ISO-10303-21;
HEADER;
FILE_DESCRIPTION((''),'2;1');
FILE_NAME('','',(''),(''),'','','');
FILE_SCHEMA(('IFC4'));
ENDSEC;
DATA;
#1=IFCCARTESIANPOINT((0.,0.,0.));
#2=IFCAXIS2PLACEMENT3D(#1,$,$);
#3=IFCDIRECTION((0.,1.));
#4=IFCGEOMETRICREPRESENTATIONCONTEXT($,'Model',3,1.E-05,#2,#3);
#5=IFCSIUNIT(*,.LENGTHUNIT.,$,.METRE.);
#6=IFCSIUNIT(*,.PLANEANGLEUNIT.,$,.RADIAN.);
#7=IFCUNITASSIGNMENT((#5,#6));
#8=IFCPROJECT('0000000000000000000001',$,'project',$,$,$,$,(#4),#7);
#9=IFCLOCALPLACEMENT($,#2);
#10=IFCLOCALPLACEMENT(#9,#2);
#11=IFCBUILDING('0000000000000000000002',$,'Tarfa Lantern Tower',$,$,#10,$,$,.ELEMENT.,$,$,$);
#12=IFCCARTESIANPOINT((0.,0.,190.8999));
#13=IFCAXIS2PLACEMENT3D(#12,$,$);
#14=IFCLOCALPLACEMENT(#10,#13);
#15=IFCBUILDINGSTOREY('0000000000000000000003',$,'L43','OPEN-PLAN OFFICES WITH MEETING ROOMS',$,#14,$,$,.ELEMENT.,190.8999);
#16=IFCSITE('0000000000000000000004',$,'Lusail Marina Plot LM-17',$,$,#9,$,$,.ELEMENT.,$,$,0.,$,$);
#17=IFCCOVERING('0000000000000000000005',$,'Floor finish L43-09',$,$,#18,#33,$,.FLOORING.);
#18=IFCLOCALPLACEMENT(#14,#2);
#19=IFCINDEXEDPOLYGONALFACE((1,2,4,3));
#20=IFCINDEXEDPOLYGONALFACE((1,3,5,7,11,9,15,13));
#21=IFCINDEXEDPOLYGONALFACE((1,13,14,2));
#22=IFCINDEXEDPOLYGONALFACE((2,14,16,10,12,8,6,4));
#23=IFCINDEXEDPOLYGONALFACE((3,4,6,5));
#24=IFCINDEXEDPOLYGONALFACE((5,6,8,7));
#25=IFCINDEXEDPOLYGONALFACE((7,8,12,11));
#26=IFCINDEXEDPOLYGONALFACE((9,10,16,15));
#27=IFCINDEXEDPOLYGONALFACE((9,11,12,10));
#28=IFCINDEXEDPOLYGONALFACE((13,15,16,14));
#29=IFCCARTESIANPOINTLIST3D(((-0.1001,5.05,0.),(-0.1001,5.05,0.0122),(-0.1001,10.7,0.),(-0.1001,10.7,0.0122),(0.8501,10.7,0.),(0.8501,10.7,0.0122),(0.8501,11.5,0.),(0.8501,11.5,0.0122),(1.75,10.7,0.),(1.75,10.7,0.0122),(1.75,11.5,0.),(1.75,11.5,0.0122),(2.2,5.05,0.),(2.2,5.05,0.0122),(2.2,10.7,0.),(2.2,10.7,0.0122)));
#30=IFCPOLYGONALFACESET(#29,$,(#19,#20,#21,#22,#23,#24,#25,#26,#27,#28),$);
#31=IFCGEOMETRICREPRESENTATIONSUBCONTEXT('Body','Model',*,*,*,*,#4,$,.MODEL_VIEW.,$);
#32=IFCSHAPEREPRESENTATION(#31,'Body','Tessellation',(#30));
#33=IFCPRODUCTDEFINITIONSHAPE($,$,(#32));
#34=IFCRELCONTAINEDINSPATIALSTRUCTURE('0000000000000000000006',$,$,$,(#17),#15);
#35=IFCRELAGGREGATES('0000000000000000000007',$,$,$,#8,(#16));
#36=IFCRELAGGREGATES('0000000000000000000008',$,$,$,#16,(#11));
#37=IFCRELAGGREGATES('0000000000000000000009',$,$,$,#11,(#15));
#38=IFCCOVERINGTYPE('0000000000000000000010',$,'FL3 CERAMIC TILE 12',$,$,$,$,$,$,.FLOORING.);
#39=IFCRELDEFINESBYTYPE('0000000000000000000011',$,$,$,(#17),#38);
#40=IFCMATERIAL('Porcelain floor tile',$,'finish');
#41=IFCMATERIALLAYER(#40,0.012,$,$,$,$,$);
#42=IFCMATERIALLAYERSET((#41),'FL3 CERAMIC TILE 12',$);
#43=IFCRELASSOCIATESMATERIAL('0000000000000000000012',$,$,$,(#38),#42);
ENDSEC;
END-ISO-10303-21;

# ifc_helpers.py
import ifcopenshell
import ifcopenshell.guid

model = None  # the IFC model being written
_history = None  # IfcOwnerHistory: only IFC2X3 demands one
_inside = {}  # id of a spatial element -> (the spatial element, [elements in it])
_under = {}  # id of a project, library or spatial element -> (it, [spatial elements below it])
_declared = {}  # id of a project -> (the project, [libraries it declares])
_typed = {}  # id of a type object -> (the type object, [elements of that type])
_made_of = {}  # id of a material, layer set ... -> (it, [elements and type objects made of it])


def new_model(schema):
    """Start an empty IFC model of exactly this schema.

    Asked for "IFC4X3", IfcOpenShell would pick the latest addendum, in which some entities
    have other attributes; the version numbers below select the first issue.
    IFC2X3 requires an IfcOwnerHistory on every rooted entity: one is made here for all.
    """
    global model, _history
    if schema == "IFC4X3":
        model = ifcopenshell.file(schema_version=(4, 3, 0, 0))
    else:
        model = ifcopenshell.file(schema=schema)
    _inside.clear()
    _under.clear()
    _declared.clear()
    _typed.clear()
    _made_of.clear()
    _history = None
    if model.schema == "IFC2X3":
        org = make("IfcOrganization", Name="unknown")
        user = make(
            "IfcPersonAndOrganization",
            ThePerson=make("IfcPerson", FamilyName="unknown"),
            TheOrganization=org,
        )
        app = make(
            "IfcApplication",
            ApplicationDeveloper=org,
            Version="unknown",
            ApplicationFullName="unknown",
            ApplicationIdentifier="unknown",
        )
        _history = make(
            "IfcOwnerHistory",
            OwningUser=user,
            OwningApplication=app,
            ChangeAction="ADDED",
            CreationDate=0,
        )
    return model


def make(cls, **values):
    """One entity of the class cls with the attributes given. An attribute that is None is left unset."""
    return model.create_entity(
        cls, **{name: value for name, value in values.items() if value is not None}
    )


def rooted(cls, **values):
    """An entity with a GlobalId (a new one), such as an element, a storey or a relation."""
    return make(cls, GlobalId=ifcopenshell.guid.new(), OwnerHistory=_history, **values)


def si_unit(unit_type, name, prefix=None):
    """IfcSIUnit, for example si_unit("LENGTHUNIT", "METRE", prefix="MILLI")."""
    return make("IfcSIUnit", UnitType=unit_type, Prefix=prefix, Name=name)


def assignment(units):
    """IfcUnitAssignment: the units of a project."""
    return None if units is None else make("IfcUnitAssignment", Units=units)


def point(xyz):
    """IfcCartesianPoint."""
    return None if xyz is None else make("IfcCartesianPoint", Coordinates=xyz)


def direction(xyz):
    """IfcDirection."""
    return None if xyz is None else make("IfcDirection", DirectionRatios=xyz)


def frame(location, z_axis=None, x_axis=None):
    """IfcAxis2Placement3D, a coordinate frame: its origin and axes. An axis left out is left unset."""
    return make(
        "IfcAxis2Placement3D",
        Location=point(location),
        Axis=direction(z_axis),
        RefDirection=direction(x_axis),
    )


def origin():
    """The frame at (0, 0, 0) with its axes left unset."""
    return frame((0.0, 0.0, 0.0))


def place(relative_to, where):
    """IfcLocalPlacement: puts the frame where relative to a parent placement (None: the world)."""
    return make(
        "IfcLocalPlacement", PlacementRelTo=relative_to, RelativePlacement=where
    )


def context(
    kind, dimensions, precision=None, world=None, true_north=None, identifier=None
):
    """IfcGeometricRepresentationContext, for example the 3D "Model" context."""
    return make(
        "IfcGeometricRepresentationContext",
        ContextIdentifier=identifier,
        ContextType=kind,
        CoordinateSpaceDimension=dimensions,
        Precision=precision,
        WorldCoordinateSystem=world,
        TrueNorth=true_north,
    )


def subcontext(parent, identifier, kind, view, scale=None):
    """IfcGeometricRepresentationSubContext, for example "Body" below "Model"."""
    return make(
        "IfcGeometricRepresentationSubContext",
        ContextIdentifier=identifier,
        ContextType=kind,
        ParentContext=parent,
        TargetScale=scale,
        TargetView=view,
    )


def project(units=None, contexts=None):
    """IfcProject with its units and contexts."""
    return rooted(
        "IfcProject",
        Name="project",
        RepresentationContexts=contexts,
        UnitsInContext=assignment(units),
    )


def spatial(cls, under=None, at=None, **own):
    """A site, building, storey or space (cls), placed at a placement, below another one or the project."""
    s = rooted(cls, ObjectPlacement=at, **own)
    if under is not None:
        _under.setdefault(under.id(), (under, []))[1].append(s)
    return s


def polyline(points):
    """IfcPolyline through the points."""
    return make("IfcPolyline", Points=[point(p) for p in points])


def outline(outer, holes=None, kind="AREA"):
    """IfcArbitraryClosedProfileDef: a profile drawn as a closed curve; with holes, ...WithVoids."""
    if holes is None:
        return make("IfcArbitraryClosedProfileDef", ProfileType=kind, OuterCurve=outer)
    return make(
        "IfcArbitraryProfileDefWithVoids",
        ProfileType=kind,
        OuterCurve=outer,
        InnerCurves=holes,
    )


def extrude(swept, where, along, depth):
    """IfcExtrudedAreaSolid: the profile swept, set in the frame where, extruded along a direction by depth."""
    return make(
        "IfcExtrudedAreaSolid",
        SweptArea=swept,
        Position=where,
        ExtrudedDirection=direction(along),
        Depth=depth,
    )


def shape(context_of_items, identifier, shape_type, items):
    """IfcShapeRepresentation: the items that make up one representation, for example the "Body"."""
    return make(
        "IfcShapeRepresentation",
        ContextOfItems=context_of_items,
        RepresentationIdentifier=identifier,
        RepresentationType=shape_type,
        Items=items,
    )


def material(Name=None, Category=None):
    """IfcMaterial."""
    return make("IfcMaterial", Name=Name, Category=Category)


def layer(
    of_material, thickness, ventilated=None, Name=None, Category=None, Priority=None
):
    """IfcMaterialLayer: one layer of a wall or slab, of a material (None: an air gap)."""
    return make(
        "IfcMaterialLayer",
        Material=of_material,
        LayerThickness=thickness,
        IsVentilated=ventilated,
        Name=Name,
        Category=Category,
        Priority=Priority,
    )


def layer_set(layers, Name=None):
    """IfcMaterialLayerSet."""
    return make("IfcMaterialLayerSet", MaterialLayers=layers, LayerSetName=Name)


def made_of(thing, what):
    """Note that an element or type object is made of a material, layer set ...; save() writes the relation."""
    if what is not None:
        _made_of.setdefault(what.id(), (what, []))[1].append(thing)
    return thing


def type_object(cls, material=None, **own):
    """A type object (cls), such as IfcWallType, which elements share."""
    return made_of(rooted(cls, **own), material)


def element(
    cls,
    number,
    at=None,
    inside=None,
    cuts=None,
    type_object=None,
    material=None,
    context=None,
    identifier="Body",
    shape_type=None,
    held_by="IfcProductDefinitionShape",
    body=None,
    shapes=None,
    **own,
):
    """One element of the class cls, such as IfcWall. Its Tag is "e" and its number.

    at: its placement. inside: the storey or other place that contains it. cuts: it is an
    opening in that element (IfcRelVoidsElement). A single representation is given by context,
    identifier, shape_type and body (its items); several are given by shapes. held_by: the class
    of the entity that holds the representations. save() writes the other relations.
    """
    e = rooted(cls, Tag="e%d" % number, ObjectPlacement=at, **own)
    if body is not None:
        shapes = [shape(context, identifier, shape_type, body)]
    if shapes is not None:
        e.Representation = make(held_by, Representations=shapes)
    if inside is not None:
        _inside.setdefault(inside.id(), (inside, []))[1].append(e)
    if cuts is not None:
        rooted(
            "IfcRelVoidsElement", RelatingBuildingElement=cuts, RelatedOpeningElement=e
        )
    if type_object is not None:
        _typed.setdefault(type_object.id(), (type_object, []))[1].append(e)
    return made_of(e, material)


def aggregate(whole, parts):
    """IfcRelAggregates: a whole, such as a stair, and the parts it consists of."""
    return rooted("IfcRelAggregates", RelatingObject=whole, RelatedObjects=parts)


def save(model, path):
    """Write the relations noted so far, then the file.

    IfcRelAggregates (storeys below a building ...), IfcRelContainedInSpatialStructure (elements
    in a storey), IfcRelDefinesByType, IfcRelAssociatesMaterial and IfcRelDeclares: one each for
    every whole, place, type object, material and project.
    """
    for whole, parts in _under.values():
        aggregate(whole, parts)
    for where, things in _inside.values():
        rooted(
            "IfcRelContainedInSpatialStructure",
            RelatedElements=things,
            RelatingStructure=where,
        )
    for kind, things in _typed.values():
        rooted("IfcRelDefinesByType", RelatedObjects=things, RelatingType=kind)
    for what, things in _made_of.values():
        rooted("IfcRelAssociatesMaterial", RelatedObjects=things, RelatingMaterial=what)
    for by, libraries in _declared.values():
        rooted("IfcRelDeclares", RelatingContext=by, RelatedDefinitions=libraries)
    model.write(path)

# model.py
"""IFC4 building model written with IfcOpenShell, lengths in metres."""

from ifc_helpers import new_model, si_unit, direction, frame, origin, place, context, subcontext, project, spatial, polyline, outline, extrude, material, layer, layer_set, type_object, element, save


model = new_model("IFC4")

# Units and contexts
model_context = context("Model", 3, precision=1e-05, world=origin(), true_north=direction((0.0, 1.0)))
body_context = subcontext(model_context, "Body", "Model", "MODEL_VIEW")
ifc_project = project(units=[si_unit("LENGTHUNIT", "METRE"), si_unit("PLANEANGLEUNIT", "RADIAN")], contexts=[model_context])

# Site, building, storey
site_placement = place(None, origin())
site = spatial("IfcSite", under=ifc_project, at=site_placement, Name="Lusail Marina Plot LM-17", CompositionType="ELEMENT", RefElevation=0.0)
building_placement = place(site_placement, origin())
building = spatial("IfcBuilding", under=site, at=building_placement, Name="Tarfa Lantern Tower", CompositionType="ELEMENT")
storey_placement = place(building_placement, frame((0.0, 0.0, 190.8999)))
storey = spatial("IfcBuildingStorey", under=building, at=storey_placement, Name="L43", Description="OPEN-PLAN OFFICES WITH MEETING ROOMS", CompositionType="ELEMENT", Elevation=190.8999)

# Covering
ifc_material_1 = material(Name="Porcelain floor tile", Category="finish")
ifc_layer_1 = layer(ifc_material_1, 0.012)
ifc_layer_set_1 = layer_set([ifc_layer_1], Name="FL3 CERAMIC TILE 12")
covering_type_1 = type_object("IfcCoveringType", Name="FL3 CERAMIC TILE 12", PredefinedType="FLOORING", material=ifc_layer_set_1)
covering_1_placement = place(storey_placement, origin())
element("IfcCovering", 1, at=covering_1_placement, inside=storey, type_object=covering_type_1, Name="Floor finish L43-09", PredefinedType="FLOORING", context=body_context, shape_type="SweptSolid", body=[
    extrude(outline(polyline([(0.8501, 10.7), (-0.1001, 10.7), (-0.1001, 5.05), (2.2, 5.05), (2.2, 10.7), (1.75, 10.7), (1.75, 11.5), (0.8501, 11.5), (0.8501, 10.7)])), origin(), (0.0, 0.0, 1.0), 0.0122),
])

save(model, "model.ifc")
